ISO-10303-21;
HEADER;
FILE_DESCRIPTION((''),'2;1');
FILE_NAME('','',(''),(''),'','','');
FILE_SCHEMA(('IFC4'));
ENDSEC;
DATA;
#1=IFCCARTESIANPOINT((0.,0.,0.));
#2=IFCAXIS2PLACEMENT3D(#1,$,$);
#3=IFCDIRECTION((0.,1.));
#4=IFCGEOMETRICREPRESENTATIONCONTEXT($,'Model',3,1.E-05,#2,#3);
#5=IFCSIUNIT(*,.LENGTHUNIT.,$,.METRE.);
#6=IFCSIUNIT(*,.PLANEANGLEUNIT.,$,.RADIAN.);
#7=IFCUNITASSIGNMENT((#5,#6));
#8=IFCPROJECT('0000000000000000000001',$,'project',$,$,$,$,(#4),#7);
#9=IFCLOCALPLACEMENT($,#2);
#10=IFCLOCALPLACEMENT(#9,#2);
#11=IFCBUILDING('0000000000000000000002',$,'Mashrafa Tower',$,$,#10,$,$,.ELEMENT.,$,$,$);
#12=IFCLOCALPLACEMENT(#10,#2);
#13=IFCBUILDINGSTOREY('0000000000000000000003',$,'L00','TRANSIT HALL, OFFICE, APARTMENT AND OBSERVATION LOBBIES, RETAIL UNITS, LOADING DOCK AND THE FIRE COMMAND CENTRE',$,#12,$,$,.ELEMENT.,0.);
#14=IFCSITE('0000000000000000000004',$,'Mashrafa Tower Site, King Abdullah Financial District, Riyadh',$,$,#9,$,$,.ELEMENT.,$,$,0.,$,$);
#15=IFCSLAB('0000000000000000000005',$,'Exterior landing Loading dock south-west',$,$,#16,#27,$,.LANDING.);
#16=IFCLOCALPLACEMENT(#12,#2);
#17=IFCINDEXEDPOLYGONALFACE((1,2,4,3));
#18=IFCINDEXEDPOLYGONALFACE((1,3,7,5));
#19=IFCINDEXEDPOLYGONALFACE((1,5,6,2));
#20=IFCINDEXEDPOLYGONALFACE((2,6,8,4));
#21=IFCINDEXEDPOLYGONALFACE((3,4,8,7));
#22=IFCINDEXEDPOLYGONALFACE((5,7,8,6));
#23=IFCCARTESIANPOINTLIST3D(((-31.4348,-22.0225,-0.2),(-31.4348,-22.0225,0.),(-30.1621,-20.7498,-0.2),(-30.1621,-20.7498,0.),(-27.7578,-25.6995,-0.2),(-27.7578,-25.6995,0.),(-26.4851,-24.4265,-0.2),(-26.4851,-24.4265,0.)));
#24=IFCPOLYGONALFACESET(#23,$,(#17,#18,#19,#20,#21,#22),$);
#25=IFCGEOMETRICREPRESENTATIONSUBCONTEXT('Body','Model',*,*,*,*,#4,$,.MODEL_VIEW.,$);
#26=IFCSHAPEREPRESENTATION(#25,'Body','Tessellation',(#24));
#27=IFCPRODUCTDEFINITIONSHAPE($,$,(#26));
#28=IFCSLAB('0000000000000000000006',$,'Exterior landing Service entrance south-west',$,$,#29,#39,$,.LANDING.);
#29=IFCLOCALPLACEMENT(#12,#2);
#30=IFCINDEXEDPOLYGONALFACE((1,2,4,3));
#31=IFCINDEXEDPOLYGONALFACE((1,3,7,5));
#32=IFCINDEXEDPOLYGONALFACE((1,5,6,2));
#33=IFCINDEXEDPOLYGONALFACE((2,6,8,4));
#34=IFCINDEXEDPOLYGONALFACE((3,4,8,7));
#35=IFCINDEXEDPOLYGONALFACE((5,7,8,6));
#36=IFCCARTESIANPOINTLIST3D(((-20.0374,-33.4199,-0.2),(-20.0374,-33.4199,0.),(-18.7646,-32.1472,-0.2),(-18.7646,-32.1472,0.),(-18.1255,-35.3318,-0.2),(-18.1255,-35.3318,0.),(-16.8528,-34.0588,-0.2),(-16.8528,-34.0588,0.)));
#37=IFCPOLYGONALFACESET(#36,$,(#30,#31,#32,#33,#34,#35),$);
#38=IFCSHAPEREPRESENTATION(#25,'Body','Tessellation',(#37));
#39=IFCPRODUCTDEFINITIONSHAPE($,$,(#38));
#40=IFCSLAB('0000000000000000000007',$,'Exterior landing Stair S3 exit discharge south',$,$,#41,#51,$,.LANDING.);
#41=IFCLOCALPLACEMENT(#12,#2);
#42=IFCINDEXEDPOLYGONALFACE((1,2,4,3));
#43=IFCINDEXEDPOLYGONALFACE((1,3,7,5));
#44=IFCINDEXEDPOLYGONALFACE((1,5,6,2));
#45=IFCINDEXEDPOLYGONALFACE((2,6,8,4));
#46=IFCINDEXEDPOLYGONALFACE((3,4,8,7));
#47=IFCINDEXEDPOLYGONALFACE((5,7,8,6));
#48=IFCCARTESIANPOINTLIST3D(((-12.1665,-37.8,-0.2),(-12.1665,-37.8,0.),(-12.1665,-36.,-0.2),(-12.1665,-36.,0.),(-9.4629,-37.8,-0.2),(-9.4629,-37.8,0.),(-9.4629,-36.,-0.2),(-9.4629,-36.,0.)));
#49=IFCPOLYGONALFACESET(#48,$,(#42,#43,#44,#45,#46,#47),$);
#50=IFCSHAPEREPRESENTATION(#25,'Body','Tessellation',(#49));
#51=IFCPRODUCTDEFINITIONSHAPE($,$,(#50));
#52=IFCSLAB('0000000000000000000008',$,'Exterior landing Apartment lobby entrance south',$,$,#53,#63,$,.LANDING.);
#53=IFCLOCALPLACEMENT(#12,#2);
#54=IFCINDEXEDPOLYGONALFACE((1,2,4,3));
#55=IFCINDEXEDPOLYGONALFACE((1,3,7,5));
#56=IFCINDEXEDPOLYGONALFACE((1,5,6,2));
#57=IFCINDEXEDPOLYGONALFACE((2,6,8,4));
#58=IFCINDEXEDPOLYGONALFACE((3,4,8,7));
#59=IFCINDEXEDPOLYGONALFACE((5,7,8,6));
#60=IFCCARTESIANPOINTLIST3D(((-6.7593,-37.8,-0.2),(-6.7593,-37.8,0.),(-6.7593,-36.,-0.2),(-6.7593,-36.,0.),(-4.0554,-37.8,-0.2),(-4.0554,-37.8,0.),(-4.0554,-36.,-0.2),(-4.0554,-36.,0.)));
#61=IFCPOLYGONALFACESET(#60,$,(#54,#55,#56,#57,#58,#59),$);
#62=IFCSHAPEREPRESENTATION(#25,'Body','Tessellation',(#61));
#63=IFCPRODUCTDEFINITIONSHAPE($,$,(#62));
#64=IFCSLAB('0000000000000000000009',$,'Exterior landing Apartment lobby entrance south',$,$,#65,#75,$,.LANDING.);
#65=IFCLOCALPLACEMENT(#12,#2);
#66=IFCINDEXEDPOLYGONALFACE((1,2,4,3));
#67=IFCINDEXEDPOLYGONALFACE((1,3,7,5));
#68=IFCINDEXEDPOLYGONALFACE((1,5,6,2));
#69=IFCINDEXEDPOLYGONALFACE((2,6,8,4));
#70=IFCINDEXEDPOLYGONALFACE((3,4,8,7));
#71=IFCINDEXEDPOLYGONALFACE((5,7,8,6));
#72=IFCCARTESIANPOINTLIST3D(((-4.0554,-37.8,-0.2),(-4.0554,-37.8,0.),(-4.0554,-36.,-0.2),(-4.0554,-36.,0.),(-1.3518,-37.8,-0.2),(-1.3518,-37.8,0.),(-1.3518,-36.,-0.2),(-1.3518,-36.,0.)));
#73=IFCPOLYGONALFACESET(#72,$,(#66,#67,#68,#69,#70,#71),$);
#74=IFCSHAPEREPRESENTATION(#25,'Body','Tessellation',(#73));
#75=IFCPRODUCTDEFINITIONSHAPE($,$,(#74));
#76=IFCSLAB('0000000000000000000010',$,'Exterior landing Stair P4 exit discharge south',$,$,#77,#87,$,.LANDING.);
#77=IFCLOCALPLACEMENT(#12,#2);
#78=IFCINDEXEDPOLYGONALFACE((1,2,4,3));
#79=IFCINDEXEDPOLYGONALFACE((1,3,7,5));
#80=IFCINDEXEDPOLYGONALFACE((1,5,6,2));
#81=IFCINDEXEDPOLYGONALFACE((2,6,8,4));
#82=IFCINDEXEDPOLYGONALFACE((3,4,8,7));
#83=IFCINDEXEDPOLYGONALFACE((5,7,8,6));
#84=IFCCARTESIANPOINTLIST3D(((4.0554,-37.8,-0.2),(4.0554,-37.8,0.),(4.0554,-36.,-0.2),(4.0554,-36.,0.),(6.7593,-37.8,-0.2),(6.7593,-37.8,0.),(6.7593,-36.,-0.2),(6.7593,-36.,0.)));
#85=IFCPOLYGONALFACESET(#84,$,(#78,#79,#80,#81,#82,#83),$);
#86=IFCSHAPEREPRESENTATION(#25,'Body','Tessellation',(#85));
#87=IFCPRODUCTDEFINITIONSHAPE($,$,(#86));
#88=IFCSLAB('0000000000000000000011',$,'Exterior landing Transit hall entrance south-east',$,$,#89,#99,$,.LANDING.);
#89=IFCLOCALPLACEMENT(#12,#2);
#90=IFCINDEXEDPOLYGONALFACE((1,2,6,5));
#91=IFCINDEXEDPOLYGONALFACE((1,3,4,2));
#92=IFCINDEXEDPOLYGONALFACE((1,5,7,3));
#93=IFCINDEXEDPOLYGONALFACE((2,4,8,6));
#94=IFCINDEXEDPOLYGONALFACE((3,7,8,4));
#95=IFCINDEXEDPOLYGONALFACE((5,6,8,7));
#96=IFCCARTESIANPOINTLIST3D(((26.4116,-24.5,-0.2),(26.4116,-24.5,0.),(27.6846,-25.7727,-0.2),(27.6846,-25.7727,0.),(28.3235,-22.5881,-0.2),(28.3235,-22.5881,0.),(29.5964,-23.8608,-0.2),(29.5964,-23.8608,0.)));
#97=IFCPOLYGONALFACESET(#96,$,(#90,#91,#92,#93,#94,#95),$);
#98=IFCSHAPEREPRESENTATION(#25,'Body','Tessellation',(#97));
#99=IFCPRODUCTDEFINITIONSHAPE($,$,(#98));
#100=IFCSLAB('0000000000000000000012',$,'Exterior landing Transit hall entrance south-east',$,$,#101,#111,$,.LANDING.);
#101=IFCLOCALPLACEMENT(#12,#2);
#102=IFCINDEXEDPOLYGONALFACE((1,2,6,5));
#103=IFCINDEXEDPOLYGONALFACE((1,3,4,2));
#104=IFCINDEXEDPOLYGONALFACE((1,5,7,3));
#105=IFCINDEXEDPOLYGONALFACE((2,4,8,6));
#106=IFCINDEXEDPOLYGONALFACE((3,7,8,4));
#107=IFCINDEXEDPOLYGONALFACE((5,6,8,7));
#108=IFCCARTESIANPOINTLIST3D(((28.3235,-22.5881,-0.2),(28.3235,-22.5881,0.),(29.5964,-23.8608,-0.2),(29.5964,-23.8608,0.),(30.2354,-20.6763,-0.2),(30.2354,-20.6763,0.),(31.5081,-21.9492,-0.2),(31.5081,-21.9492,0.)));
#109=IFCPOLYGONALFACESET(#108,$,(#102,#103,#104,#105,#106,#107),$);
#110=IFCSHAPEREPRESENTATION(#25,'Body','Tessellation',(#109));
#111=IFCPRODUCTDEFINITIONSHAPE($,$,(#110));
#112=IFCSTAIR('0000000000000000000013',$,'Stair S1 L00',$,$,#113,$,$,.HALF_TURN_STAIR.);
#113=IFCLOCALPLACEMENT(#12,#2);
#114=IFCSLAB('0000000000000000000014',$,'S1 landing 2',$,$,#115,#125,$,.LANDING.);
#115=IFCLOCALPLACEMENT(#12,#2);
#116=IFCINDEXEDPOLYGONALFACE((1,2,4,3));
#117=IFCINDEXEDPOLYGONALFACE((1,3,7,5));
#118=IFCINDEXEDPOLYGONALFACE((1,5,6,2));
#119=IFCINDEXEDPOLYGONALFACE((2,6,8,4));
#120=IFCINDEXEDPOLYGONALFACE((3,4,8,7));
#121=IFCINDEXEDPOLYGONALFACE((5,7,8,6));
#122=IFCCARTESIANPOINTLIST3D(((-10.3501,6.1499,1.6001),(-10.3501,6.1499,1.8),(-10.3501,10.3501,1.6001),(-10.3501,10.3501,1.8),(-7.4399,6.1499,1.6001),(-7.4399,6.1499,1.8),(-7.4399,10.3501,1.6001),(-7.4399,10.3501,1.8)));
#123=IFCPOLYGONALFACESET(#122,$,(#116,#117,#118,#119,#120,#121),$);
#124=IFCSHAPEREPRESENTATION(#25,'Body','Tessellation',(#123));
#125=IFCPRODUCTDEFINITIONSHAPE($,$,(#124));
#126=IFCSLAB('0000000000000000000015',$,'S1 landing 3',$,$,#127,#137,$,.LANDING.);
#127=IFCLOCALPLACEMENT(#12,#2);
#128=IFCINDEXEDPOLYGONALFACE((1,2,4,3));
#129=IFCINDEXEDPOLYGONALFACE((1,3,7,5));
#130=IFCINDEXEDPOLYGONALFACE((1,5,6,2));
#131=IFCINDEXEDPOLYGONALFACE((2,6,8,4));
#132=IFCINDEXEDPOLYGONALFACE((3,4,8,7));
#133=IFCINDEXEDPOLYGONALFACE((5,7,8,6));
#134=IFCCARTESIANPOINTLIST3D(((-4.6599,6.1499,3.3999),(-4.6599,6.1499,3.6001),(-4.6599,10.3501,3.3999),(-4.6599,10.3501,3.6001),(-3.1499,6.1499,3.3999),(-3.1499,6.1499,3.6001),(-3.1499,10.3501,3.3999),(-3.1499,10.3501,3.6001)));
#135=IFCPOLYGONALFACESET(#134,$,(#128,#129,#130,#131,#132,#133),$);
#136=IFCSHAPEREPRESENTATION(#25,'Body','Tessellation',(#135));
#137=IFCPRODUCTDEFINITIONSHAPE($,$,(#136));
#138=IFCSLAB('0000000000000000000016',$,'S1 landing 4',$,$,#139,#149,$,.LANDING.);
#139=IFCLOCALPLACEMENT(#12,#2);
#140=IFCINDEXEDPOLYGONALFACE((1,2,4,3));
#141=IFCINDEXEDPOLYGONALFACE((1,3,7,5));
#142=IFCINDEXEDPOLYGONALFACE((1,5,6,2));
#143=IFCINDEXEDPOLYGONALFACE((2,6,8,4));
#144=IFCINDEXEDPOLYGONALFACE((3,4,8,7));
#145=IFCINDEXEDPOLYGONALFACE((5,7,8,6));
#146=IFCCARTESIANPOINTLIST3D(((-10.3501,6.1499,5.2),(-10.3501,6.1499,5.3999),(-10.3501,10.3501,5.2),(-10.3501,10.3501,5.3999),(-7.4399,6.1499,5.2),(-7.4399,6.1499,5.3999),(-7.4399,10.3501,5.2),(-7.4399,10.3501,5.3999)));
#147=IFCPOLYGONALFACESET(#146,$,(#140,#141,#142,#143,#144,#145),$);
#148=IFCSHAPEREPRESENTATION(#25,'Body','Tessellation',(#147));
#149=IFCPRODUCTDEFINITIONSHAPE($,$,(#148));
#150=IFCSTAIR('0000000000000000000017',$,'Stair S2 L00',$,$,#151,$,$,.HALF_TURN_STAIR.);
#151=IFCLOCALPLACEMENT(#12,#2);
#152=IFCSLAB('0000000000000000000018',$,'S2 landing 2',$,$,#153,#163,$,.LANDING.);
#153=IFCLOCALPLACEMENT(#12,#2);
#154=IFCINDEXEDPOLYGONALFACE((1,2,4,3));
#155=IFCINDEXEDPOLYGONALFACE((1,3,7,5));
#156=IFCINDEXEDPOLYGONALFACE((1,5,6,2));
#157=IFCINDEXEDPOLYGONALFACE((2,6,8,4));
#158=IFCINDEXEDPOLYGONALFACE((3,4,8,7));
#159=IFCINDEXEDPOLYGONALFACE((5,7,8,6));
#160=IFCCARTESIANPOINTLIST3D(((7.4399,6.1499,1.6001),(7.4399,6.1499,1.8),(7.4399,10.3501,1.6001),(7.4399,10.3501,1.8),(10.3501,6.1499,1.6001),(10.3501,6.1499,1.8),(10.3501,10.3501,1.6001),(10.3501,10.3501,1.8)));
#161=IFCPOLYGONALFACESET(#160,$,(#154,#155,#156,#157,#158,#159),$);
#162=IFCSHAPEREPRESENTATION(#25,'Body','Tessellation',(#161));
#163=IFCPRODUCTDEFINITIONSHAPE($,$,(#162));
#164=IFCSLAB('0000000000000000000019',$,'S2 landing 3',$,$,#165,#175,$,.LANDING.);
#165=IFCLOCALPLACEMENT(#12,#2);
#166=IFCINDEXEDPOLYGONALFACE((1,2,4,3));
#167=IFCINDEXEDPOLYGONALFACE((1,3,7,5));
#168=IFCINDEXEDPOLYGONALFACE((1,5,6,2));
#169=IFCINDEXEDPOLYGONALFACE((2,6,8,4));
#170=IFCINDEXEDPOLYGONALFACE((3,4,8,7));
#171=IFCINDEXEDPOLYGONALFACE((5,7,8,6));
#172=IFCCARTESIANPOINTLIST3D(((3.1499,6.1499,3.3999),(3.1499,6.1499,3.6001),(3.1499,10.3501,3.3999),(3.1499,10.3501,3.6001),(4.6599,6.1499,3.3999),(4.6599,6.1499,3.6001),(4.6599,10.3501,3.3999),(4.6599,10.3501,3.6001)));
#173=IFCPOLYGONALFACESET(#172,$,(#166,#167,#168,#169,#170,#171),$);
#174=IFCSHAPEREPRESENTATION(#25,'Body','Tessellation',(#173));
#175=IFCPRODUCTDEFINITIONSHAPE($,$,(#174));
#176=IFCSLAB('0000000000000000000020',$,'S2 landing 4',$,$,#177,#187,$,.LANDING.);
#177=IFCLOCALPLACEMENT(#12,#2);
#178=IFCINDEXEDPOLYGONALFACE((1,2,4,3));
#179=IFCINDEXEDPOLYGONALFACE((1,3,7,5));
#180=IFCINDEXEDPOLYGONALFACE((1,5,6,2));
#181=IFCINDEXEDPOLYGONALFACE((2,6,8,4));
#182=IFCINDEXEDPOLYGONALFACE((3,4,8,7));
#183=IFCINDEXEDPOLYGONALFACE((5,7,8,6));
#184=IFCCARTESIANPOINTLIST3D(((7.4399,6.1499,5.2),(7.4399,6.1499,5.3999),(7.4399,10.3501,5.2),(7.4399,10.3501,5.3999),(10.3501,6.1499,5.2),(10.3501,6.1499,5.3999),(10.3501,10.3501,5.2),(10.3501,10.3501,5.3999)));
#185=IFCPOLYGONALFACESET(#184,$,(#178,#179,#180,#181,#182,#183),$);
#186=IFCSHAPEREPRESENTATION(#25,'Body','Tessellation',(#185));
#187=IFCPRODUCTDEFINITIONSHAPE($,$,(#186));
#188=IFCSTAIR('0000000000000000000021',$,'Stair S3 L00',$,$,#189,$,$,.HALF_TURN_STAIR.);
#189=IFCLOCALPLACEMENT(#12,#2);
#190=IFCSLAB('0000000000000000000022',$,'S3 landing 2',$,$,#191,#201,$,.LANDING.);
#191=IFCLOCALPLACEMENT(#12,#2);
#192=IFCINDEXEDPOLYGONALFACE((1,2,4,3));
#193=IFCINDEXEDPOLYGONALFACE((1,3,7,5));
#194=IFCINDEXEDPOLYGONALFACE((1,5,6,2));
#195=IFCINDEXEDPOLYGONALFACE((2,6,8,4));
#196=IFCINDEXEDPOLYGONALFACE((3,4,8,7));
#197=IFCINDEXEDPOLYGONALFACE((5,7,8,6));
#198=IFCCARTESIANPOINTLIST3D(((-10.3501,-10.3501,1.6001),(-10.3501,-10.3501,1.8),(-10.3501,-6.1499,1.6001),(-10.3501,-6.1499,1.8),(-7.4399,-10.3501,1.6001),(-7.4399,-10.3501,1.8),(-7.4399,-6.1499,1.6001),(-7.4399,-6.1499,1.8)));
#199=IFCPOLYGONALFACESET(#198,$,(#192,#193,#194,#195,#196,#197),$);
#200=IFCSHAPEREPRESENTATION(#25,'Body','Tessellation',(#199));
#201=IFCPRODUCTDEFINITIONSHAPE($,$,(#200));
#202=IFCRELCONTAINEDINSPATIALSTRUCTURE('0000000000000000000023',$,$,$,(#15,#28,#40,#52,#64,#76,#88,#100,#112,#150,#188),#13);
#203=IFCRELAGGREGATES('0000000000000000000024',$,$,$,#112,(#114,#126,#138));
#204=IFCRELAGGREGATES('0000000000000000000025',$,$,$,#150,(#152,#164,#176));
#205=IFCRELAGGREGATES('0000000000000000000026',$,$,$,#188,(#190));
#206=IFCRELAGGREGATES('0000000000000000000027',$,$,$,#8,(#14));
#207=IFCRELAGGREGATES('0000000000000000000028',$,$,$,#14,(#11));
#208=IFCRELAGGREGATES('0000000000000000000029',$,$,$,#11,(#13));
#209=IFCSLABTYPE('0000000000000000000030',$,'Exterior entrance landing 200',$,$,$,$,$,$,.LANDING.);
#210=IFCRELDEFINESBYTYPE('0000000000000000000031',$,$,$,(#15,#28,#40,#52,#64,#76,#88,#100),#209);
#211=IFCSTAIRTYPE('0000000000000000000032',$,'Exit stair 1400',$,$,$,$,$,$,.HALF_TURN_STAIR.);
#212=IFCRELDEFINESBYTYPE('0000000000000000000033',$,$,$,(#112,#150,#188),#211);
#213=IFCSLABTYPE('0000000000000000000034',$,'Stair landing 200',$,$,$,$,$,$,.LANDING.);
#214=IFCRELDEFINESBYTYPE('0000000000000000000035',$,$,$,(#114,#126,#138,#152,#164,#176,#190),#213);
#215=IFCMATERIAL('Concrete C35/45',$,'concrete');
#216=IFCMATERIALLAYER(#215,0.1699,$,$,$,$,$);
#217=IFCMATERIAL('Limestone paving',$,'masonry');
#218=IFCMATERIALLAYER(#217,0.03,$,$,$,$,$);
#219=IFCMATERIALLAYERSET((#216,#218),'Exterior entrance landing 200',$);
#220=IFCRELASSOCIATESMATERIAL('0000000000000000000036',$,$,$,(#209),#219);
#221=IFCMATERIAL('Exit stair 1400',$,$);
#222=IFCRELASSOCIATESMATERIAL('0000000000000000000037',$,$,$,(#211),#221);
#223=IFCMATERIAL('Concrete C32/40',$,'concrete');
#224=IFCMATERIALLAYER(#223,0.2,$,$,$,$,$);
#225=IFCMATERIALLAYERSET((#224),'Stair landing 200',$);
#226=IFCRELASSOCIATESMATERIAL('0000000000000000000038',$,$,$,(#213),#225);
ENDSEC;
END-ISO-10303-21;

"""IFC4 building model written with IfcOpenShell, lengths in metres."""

from ifc_helpers import new_model, si_unit, direction, frame, origin, place, context, subcontext, project, spatial, polyline, outline, extrude, material, layer, layer_set, type_object, element, aggregate, save


model = new_model("IFC4")

# Units and contexts
model_context = context("Model", 3, precision=1e-05, world=origin(), true_north=direction((0.0, 1.0)))
body_context = subcontext(model_context, "Body", "Model", "MODEL_VIEW")
ifc_project = project(units=[si_unit("LENGTHUNIT", "METRE"), si_unit("PLANEANGLEUNIT", "RADIAN")], contexts=[model_context])

# Site, building, storey
site_placement = place(None, origin())
site = spatial("IfcSite", under=ifc_project, at=site_placement, Name="Mashrafa Tower Site, King Abdullah Financial District, Riyadh", CompositionType="ELEMENT", RefElevation=0.0)
building_placement = place(site_placement, origin())
building = spatial("IfcBuilding", under=site, at=building_placement, Name="Mashrafa Tower", CompositionType="ELEMENT")
storey_placement = place(building_placement, origin())
storey = spatial("IfcBuildingStorey", under=building, at=storey_placement, Name="L00", Description="TRANSIT HALL, OFFICE, APARTMENT AND OBSERVATION LOBBIES, RETAIL UNITS, LOADING DOCK AND THE FIRE COMMAND CENTRE", CompositionType="ELEMENT", Elevation=0.0)

# Slabs
ifc_material_1 = material(Name="Concrete C35/45", Category="concrete")
ifc_layer_1 = layer(ifc_material_1, 0.1699)
ifc_material_2 = material(Name="Limestone paving", Category="masonry")
ifc_layer_2 = layer(ifc_material_2, 0.03)
ifc_layer_set_1 = layer_set([ifc_layer_1, ifc_layer_2], Name="Exterior entrance landing 200")
slab_type_1 = type_object("IfcSlabType", Name="Exterior entrance landing 200", PredefinedType="LANDING", material=ifc_layer_set_1)
slab_1_placement = place(storey_placement, frame((0.0, 0.0, -0.2)))
element("IfcSlab", 1, at=slab_1_placement, inside=storey, type_object=slab_type_1, Name="Exterior landing Loading dock south-west", PredefinedType="LANDING", context=body_context, shape_type="SweptSolid", body=[
    extrude(outline(polyline([(-31.4348, -22.0225), (-27.7578, -25.6995), (-26.4851, -24.4265), (-30.1621, -20.7498), (-31.4348, -22.0225)])), origin(), (0.0, 0.0, 1.0), 0.2),
])
slab_2_placement = place(storey_placement, frame((0.0, 0.0, -0.2)))
element("IfcSlab", 2, at=slab_2_placement, inside=storey, type_object=slab_type_1, Name="Exterior landing Service entrance south-west", PredefinedType="LANDING", context=body_context, shape_type="SweptSolid", body=[
    extrude(outline(polyline([(-20.0374, -33.4199), (-18.1255, -35.3318), (-16.8528, -34.0588), (-18.7646, -32.1472), (-20.0374, -33.4199)])), origin(), (0.0, 0.0, 1.0), 0.2),
])
slab_3_placement = place(storey_placement, frame((0.0, 0.0, -0.2)))
element("IfcSlab", 3, at=slab_3_placement, inside=storey, type_object=slab_type_1, Name="Exterior landing Stair S3 exit discharge south", PredefinedType="LANDING", context=body_context, shape_type="SweptSolid", body=[
    extrude(outline(polyline([(-12.1665, -37.8), (-9.4629, -37.8), (-9.4629, -36.0), (-12.1665, -36.0), (-12.1665, -37.8)])), origin(), (0.0, 0.0, 1.0), 0.2),
])
slab_4_placement = place(storey_placement, frame((0.0, 0.0, -0.2)))
element("IfcSlab", 4, at=slab_4_placement, inside=storey, type_object=slab_type_1, Name="Exterior landing Apartment lobby entrance south", PredefinedType="LANDING", context=body_context, shape_type="SweptSolid", body=[
    extrude(outline(polyline([(-6.7593, -37.8), (-4.0554, -37.8), (-4.0554, -36.0), (-6.7593, -36.0), (-6.7593, -37.8)])), origin(), (0.0, 0.0, 1.0), 0.2),
])
slab_5_placement = place(storey_placement, frame((0.0, 0.0, -0.2)))
element("IfcSlab", 5, at=slab_5_placement, inside=storey, type_object=slab_type_1, Name="Exterior landing Apartment lobby entrance south", PredefinedType="LANDING", context=body_context, shape_type="SweptSolid", body=[
    extrude(outline(polyline([(-4.0554, -37.8), (-1.3518, -37.8), (-1.3518, -36.0), (-4.0554, -36.0), (-4.0554, -37.8)])), origin(), (0.0, 0.0, 1.0), 0.2),
])
slab_6_placement = place(storey_placement, frame((0.0, 0.0, -0.2)))
element("IfcSlab", 6, at=slab_6_placement, inside=storey, type_object=slab_type_1, Name="Exterior landing Stair P4 exit discharge south", PredefinedType="LANDING", context=body_context, shape_type="SweptSolid", body=[
    extrude(outline(polyline([(4.0554, -37.8), (6.7593, -37.8), (6.7593, -36.0), (4.0554, -36.0), (4.0554, -37.8)])), origin(), (0.0, 0.0, 1.0), 0.2),
])
slab_7_placement = place(storey_placement, frame((0.0, 0.0, -0.2)))
element("IfcSlab", 7, at=slab_7_placement, inside=storey, type_object=slab_type_1, Name="Exterior landing Transit hall entrance south-east", PredefinedType="LANDING", context=body_context, shape_type="SweptSolid", body=[
    extrude(outline(polyline([(27.6846, -25.7727), (29.5964, -23.8608), (28.3235, -22.5881), (26.4116, -24.5), (27.6846, -25.7727)])), origin(), (0.0, 0.0, 1.0), 0.2),
])
slab_8_placement = place(storey_placement, frame((0.0, 0.0, -0.2)))
element("IfcSlab", 8, at=slab_8_placement, inside=storey, type_object=slab_type_1, Name="Exterior landing Transit hall entrance south-east", PredefinedType="LANDING", context=body_context, shape_type="SweptSolid", body=[
    extrude(outline(polyline([(29.5964, -23.8608), (31.5081, -21.9492), (30.2354, -20.6763), (28.3235, -22.5881), (29.5964, -23.8608)])), origin(), (0.0, 0.0, 1.0), 0.2),
])

# Stairs, slabs
ifc_material_3 = material(Name="Exit stair 1400")
stair_type_1 = type_object("IfcStairType", Name="Exit stair 1400", PredefinedType="HALF_TURN_STAIR", material=ifc_material_3)
stair_1_placement = place(storey_placement, origin())
stair_1 = element("IfcStair", 9, at=stair_1_placement, inside=storey, type_object=stair_type_1, Name="Stair S1 L00", PredefinedType="HALF_TURN_STAIR")
ifc_material_4 = material(Name="Concrete C32/40", Category="concrete")
ifc_layer_3 = layer(ifc_material_4, 0.2)
ifc_layer_set_2 = layer_set([ifc_layer_3], Name="Stair landing 200")
slab_type_2 = type_object("IfcSlabType", Name="Stair landing 200", PredefinedType="LANDING", material=ifc_layer_set_2)
slab_9_placement = place(storey_placement, frame((0.0, 0.0, 1.6001)))
slab_9 = element("IfcSlab", 10, at=slab_9_placement, type_object=slab_type_2, Name="S1 landing 2", PredefinedType="LANDING", context=body_context, shape_type="SweptSolid", body=[
    extrude(outline(polyline([(-10.3501, 6.1499), (-7.4399, 6.1499), (-7.4399, 10.3501), (-10.3501, 10.3501), (-10.3501, 6.1499)])), origin(), (0.0, 0.0, 1.0), 0.2),
])
slab_10_placement = place(storey_placement, frame((0.0, 0.0, 3.3999)))
slab_10 = element("IfcSlab", 11, at=slab_10_placement, type_object=slab_type_2, Name="S1 landing 3", PredefinedType="LANDING", context=body_context, shape_type="SweptSolid", body=[
    extrude(outline(polyline([(-4.6599, 6.1499), (-3.1499, 6.1499), (-3.1499, 10.3501), (-4.6599, 10.3501), (-4.6599, 6.1499)])), origin(), (0.0, 0.0, 1.0), 0.2002),
])
slab_11_placement = place(storey_placement, frame((0.0, 0.0, 5.2)))
slab_11 = element("IfcSlab", 12, at=slab_11_placement, type_object=slab_type_2, Name="S1 landing 4", PredefinedType="LANDING", context=body_context, shape_type="SweptSolid", body=[
    extrude(outline(polyline([(-10.3501, 6.1499), (-7.4399, 6.1499), (-7.4399, 10.3501), (-10.3501, 10.3501), (-10.3501, 6.1499)])), origin(), (0.0, 0.0, 1.0), 0.2),
])
stair_2_placement = place(storey_placement, origin())
stair_2 = element("IfcStair", 13, at=stair_2_placement, inside=storey, type_object=stair_type_1, Name="Stair S2 L00", PredefinedType="HALF_TURN_STAIR")
slab_12_placement = place(storey_placement, frame((0.0, 0.0, 1.6001)))
slab_12 = element("IfcSlab", 14, at=slab_12_placement, type_object=slab_type_2, Name="S2 landing 2", PredefinedType="LANDING", context=body_context, shape_type="SweptSolid", body=[
    extrude(outline(polyline([(7.4399, 6.1499), (10.3501, 6.1499), (10.3501, 10.3501), (7.4399, 10.3501), (7.4399, 6.1499)])), origin(), (0.0, 0.0, 1.0), 0.2),
])
slab_13_placement = place(storey_placement, frame((0.0, 0.0, 3.3999)))
slab_13 = element("IfcSlab", 15, at=slab_13_placement, type_object=slab_type_2, Name="S2 landing 3", PredefinedType="LANDING", context=body_context, shape_type="SweptSolid", body=[
    extrude(outline(polyline([(3.1499, 6.1499), (4.6599, 6.1499), (4.6599, 10.3501), (3.1499, 10.3501), (3.1499, 6.1499)])), origin(), (0.0, 0.0, 1.0), 0.2002),
])
slab_14_placement = place(storey_placement, frame((0.0, 0.0, 5.2)))
slab_14 = element("IfcSlab", 16, at=slab_14_placement, type_object=slab_type_2, Name="S2 landing 4", PredefinedType="LANDING", context=body_context, shape_type="SweptSolid", body=[
    extrude(outline(polyline([(7.4399, 6.1499), (10.3501, 6.1499), (10.3501, 10.3501), (7.4399, 10.3501), (7.4399, 6.1499)])), origin(), (0.0, 0.0, 1.0), 0.2),
])
stair_3_placement = place(storey_placement, origin())
stair_3 = element("IfcStair", 17, at=stair_3_placement, inside=storey, type_object=stair_type_1, Name="Stair S3 L00", PredefinedType="HALF_TURN_STAIR")
slab_15_placement = place(storey_placement, frame((0.0, 0.0, 1.6001)))
slab_15 = element("IfcSlab", 18, at=slab_15_placement, type_object=slab_type_2, Name="S3 landing 2", PredefinedType="LANDING", context=body_context, shape_type="SweptSolid", body=[
    extrude(outline(polyline([(-10.3501, -10.3501), (-7.4399, -10.3501), (-7.4399, -6.1499), (-10.3501, -6.1499), (-10.3501, -10.3501)])), origin(), (0.0, 0.0, 1.0), 0.2),
])

aggregate(stair_1, [slab_9, slab_10, slab_11])
aggregate(stair_2, [slab_12, slab_13, slab_14])
aggregate(stair_3, [slab_15])

save(model, "model.ifc")
